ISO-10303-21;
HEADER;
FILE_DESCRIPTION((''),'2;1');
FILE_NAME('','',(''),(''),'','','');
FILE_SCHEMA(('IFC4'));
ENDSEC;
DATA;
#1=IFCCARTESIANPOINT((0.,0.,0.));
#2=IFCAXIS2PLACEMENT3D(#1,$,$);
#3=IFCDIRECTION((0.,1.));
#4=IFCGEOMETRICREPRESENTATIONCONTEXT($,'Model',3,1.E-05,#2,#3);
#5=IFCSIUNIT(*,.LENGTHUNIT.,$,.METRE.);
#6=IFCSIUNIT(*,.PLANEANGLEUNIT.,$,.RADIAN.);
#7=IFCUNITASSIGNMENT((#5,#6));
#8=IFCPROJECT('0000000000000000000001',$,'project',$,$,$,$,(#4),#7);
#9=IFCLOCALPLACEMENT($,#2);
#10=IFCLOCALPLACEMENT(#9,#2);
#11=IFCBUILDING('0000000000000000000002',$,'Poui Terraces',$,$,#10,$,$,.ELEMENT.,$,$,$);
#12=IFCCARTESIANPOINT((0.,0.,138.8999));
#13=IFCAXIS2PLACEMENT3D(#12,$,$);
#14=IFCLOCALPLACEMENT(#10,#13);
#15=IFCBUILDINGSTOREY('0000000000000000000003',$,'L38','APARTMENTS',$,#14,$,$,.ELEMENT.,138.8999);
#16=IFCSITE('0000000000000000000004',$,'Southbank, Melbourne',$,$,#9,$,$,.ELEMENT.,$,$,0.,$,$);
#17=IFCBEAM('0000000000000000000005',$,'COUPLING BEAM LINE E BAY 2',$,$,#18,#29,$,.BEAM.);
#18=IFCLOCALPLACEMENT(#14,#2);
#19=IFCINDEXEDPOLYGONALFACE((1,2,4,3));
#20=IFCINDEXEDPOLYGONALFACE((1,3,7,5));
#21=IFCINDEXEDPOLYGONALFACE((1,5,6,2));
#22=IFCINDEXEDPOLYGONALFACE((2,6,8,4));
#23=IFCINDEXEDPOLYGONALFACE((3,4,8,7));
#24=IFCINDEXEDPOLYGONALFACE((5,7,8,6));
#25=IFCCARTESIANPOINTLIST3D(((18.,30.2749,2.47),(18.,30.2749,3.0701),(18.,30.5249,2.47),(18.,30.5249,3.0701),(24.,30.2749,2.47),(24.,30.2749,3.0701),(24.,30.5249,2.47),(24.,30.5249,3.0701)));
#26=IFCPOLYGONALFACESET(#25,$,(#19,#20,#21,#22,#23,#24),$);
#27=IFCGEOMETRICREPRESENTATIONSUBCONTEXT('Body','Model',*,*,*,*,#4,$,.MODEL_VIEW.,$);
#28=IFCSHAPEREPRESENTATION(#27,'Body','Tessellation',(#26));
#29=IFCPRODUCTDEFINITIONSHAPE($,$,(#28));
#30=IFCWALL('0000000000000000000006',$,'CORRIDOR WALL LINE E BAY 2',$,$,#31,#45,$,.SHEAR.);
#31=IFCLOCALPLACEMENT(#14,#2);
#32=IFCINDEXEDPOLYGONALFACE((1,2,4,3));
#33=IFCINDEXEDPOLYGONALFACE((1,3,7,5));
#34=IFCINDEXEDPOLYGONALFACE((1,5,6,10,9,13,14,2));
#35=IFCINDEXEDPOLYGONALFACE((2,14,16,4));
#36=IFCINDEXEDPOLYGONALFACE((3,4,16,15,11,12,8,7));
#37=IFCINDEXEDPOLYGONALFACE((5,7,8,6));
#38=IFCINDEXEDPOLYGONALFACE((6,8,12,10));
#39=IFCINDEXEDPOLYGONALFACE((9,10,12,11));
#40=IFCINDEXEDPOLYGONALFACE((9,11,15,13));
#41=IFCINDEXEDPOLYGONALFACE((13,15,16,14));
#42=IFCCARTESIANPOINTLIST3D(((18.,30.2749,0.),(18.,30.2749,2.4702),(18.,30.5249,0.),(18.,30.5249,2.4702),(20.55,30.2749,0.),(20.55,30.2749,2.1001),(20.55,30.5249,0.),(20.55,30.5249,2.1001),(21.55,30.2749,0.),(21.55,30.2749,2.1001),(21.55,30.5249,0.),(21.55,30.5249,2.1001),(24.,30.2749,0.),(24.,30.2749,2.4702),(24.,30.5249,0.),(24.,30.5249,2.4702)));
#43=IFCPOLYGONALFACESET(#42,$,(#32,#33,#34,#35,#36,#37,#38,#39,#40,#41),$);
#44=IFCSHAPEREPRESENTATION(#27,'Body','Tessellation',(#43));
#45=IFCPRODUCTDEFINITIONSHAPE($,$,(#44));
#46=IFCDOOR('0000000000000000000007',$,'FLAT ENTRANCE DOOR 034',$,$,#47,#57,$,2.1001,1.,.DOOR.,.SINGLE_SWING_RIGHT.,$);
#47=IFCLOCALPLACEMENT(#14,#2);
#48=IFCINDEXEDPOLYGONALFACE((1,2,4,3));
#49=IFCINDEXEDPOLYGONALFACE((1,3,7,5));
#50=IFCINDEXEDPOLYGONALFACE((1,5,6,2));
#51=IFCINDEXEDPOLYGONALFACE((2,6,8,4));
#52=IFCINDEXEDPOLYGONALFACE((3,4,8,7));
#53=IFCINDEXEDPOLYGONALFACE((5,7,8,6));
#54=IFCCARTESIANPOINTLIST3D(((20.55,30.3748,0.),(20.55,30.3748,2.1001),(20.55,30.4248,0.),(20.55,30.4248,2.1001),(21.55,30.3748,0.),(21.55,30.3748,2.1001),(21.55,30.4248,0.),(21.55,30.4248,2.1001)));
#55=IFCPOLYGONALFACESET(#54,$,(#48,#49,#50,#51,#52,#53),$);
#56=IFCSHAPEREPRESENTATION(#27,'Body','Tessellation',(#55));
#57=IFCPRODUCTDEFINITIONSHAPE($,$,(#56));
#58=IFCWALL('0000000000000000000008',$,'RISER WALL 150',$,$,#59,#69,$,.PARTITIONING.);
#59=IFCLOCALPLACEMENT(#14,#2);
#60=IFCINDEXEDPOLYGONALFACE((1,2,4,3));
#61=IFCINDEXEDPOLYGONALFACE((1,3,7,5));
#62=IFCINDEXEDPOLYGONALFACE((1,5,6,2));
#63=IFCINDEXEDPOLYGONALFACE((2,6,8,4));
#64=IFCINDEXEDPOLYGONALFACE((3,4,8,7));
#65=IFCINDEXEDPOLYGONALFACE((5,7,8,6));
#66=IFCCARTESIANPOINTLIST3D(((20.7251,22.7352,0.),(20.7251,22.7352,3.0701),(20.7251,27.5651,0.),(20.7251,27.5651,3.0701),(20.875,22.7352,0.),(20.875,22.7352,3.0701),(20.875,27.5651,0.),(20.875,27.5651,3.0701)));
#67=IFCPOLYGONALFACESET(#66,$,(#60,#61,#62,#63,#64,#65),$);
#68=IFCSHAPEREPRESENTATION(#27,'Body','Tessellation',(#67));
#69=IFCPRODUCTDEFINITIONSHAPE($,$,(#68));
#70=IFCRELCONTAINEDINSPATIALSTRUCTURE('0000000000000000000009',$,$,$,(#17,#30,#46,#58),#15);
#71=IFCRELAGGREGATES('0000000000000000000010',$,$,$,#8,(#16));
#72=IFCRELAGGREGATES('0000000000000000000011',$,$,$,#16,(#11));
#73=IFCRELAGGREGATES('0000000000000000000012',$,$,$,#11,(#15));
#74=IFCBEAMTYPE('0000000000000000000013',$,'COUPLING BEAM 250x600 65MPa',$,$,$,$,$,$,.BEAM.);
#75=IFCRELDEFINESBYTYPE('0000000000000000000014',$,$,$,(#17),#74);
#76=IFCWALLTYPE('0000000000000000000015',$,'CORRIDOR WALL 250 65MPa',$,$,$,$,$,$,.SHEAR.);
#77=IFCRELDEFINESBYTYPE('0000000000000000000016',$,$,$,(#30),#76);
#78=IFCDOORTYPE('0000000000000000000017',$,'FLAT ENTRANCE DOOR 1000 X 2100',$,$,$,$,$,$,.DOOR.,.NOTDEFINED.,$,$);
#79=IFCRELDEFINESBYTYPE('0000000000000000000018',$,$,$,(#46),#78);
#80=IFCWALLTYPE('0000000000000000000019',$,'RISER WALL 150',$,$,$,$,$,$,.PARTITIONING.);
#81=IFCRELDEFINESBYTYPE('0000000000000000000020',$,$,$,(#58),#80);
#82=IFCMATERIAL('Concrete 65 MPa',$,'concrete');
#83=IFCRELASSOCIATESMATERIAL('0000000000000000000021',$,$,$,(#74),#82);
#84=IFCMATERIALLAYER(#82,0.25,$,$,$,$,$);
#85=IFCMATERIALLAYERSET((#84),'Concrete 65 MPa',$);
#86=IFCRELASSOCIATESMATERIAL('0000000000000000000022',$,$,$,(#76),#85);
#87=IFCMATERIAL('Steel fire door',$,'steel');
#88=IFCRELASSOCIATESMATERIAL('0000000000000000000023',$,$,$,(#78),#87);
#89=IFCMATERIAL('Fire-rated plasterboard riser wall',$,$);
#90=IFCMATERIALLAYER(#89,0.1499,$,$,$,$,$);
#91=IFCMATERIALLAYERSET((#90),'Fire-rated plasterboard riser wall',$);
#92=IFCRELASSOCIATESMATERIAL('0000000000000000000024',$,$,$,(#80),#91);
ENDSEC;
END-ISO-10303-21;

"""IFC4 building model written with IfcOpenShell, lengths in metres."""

from ifc_helpers import new_model, si_unit, direction, frame, frame_2d, origin, origin_2d, place, context, subcontext, project, spatial, rectangle, extrude, source, transform, mapped, material, layer, layer_set, material_profile, profile_set, type_object, element, fill, save


model = new_model("IFC4")

# Units and contexts
model_context = context("Model", 3, precision=1e-05, world=origin(), true_north=direction((0.0, 1.0)))
body_context = subcontext(model_context, "Body", "Model", "MODEL_VIEW")
ifc_project = project(units=[si_unit("LENGTHUNIT", "METRE"), si_unit("PLANEANGLEUNIT", "RADIAN")], contexts=[model_context])

# Site, building, storey
site_placement = place(None, origin())
site = spatial("IfcSite", under=ifc_project, at=site_placement, Name="Southbank, Melbourne", CompositionType="ELEMENT", RefElevation=0.0)
building_placement = place(site_placement, origin())
building = spatial("IfcBuilding", under=site, at=building_placement, Name="Poui Terraces", CompositionType="ELEMENT")
storey_placement = place(building_placement, frame((0.0, 0.0, 138.8999)))
storey = spatial("IfcBuildingStorey", under=building, at=storey_placement, Name="L38", Description="APARTMENTS", CompositionType="ELEMENT", Elevation=138.8999)

# Beam
ifc_material_1 = material(Name="Concrete 65 MPa", Category="concrete")
ifc_material_profile = material_profile(ifc_material_1, rectangle(XDim=0.25, YDim=0.6001, at=origin_2d()), Name="RC 250x600")
ifc_profile_set = profile_set([ifc_material_profile], Name="Concrete 65 MPa")
beam_type = type_object("IfcBeamType", Name="COUPLING BEAM 250x600 65MPa", PredefinedType="BEAM", material=ifc_profile_set)
shared_shape = source(origin(), body_context, "Body", "SweptSolid", [
    extrude(rectangle(XDim=0.25, YDim=0.6001, at=origin_2d()), origin(), (0.0, 0.0, 1.0), 6.0),
])
beam_placement = place(storey_placement, frame((18.0, 30.3999, 2.77), z_axis=(1.0, 0.0, 0.0), x_axis=(0.0, 1.0, 0.0)))
element("IfcBeam", 1, at=beam_placement, inside=storey, type_object=beam_type, Name="COUPLING BEAM LINE E BAY 2", PredefinedType="BEAM", context=body_context, shape_type="MappedRepresentation", body=[
    mapped(shared_shape, transform((0.0, 0.0, 0.0))),
])

# Wall, opening, door
ifc_layer_1 = layer(ifc_material_1, 0.25)
ifc_layer_set_1 = layer_set([ifc_layer_1], Name="Concrete 65 MPa")
wall_type_1 = type_object("IfcWallType", Name="CORRIDOR WALL 250 65MPa", PredefinedType="SHEAR", material=ifc_layer_set_1)
wall_1_placement = place(storey_placement, frame((18.0, 30.3999, 0.0), z_axis=(0.0, 0.0, 1.0), x_axis=(1.0, 0.0, 0.0)))
wall_1 = element("IfcWall", 2, at=wall_1_placement, inside=storey, type_object=wall_type_1, Name="CORRIDOR WALL LINE E BAY 2", PredefinedType="SHEAR", context=body_context, shape_type="SweptSolid", body=[
    extrude(rectangle(XDim=6.0, YDim=0.25, at=frame_2d((3.0, 0.0))), origin(), (0.0, 0.0, 1.0), 2.4702),
])
opening_placement = place(wall_1_placement, frame((2.55, 0.0, 0.0)))
opening = element("IfcOpeningElement", 3, at=opening_placement, cuts=wall_1, PredefinedType="OPENING", context=body_context, shape_type="SweptSolid", body=[
    extrude(rectangle(XDim=1.0, YDim=2.1001, at=frame_2d((0.5, 1.05))), frame((0.0, 0.135, 0.0), z_axis=(0.0, -1.0, 0.0), x_axis=(1.0, 0.0, 0.0)), (0.0, 0.0, 1.0), 0.27),
])
ifc_material_2 = material(Name="Steel fire door", Category="steel")
door_type = type_object("IfcDoorType", Name="FLAT ENTRANCE DOOR 1000 X 2100", OperationType="NOTDEFINED", PredefinedType="DOOR", material=ifc_material_2)
door_placement = place(opening_placement, origin())
door = element("IfcDoor", 4, at=door_placement, inside=storey, type_object=door_type, Name="FLAT ENTRANCE DOOR 034", OperationType="SINGLE_SWING_RIGHT", OverallHeight=2.1001, OverallWidth=1.0, PredefinedType="DOOR", context=body_context, shape_type="SweptSolid", body=[
    extrude(rectangle(XDim=1.0, YDim=2.1001, at=frame_2d((0.5, 1.05))), frame((0.0, 0.0249, 0.0), z_axis=(0.0, -1.0, 0.0), x_axis=(1.0, 0.0, 0.0)), (0.0, 0.0, 1.0), 0.05),
])
fill(opening, door)

# Wall
ifc_material_3 = material(Name="Fire-rated plasterboard riser wall")
ifc_layer_2 = layer(ifc_material_3, 0.1499)
ifc_layer_set_2 = layer_set([ifc_layer_2], Name="Fire-rated plasterboard riser wall")
wall_type_2 = type_object("IfcWallType", Name="RISER WALL 150", PredefinedType="PARTITIONING", material=ifc_layer_set_2)
wall_2_placement = place(storey_placement, frame((20.8, 22.7351, 0.0), z_axis=(0.0, 0.0, 1.0), x_axis=(0.0, 1.0, 0.0)))
element("IfcWall", 5, at=wall_2_placement, inside=storey, type_object=wall_type_2, Name="RISER WALL 150", PredefinedType="PARTITIONING", context=body_context, shape_type="SweptSolid", body=[
    extrude(rectangle(XDim=4.8298, YDim=0.1499, at=frame_2d((2.415, 0.0))), origin(), (0.0, 0.0, 1.0), 3.0701),
])

save(model, "model.ifc")
